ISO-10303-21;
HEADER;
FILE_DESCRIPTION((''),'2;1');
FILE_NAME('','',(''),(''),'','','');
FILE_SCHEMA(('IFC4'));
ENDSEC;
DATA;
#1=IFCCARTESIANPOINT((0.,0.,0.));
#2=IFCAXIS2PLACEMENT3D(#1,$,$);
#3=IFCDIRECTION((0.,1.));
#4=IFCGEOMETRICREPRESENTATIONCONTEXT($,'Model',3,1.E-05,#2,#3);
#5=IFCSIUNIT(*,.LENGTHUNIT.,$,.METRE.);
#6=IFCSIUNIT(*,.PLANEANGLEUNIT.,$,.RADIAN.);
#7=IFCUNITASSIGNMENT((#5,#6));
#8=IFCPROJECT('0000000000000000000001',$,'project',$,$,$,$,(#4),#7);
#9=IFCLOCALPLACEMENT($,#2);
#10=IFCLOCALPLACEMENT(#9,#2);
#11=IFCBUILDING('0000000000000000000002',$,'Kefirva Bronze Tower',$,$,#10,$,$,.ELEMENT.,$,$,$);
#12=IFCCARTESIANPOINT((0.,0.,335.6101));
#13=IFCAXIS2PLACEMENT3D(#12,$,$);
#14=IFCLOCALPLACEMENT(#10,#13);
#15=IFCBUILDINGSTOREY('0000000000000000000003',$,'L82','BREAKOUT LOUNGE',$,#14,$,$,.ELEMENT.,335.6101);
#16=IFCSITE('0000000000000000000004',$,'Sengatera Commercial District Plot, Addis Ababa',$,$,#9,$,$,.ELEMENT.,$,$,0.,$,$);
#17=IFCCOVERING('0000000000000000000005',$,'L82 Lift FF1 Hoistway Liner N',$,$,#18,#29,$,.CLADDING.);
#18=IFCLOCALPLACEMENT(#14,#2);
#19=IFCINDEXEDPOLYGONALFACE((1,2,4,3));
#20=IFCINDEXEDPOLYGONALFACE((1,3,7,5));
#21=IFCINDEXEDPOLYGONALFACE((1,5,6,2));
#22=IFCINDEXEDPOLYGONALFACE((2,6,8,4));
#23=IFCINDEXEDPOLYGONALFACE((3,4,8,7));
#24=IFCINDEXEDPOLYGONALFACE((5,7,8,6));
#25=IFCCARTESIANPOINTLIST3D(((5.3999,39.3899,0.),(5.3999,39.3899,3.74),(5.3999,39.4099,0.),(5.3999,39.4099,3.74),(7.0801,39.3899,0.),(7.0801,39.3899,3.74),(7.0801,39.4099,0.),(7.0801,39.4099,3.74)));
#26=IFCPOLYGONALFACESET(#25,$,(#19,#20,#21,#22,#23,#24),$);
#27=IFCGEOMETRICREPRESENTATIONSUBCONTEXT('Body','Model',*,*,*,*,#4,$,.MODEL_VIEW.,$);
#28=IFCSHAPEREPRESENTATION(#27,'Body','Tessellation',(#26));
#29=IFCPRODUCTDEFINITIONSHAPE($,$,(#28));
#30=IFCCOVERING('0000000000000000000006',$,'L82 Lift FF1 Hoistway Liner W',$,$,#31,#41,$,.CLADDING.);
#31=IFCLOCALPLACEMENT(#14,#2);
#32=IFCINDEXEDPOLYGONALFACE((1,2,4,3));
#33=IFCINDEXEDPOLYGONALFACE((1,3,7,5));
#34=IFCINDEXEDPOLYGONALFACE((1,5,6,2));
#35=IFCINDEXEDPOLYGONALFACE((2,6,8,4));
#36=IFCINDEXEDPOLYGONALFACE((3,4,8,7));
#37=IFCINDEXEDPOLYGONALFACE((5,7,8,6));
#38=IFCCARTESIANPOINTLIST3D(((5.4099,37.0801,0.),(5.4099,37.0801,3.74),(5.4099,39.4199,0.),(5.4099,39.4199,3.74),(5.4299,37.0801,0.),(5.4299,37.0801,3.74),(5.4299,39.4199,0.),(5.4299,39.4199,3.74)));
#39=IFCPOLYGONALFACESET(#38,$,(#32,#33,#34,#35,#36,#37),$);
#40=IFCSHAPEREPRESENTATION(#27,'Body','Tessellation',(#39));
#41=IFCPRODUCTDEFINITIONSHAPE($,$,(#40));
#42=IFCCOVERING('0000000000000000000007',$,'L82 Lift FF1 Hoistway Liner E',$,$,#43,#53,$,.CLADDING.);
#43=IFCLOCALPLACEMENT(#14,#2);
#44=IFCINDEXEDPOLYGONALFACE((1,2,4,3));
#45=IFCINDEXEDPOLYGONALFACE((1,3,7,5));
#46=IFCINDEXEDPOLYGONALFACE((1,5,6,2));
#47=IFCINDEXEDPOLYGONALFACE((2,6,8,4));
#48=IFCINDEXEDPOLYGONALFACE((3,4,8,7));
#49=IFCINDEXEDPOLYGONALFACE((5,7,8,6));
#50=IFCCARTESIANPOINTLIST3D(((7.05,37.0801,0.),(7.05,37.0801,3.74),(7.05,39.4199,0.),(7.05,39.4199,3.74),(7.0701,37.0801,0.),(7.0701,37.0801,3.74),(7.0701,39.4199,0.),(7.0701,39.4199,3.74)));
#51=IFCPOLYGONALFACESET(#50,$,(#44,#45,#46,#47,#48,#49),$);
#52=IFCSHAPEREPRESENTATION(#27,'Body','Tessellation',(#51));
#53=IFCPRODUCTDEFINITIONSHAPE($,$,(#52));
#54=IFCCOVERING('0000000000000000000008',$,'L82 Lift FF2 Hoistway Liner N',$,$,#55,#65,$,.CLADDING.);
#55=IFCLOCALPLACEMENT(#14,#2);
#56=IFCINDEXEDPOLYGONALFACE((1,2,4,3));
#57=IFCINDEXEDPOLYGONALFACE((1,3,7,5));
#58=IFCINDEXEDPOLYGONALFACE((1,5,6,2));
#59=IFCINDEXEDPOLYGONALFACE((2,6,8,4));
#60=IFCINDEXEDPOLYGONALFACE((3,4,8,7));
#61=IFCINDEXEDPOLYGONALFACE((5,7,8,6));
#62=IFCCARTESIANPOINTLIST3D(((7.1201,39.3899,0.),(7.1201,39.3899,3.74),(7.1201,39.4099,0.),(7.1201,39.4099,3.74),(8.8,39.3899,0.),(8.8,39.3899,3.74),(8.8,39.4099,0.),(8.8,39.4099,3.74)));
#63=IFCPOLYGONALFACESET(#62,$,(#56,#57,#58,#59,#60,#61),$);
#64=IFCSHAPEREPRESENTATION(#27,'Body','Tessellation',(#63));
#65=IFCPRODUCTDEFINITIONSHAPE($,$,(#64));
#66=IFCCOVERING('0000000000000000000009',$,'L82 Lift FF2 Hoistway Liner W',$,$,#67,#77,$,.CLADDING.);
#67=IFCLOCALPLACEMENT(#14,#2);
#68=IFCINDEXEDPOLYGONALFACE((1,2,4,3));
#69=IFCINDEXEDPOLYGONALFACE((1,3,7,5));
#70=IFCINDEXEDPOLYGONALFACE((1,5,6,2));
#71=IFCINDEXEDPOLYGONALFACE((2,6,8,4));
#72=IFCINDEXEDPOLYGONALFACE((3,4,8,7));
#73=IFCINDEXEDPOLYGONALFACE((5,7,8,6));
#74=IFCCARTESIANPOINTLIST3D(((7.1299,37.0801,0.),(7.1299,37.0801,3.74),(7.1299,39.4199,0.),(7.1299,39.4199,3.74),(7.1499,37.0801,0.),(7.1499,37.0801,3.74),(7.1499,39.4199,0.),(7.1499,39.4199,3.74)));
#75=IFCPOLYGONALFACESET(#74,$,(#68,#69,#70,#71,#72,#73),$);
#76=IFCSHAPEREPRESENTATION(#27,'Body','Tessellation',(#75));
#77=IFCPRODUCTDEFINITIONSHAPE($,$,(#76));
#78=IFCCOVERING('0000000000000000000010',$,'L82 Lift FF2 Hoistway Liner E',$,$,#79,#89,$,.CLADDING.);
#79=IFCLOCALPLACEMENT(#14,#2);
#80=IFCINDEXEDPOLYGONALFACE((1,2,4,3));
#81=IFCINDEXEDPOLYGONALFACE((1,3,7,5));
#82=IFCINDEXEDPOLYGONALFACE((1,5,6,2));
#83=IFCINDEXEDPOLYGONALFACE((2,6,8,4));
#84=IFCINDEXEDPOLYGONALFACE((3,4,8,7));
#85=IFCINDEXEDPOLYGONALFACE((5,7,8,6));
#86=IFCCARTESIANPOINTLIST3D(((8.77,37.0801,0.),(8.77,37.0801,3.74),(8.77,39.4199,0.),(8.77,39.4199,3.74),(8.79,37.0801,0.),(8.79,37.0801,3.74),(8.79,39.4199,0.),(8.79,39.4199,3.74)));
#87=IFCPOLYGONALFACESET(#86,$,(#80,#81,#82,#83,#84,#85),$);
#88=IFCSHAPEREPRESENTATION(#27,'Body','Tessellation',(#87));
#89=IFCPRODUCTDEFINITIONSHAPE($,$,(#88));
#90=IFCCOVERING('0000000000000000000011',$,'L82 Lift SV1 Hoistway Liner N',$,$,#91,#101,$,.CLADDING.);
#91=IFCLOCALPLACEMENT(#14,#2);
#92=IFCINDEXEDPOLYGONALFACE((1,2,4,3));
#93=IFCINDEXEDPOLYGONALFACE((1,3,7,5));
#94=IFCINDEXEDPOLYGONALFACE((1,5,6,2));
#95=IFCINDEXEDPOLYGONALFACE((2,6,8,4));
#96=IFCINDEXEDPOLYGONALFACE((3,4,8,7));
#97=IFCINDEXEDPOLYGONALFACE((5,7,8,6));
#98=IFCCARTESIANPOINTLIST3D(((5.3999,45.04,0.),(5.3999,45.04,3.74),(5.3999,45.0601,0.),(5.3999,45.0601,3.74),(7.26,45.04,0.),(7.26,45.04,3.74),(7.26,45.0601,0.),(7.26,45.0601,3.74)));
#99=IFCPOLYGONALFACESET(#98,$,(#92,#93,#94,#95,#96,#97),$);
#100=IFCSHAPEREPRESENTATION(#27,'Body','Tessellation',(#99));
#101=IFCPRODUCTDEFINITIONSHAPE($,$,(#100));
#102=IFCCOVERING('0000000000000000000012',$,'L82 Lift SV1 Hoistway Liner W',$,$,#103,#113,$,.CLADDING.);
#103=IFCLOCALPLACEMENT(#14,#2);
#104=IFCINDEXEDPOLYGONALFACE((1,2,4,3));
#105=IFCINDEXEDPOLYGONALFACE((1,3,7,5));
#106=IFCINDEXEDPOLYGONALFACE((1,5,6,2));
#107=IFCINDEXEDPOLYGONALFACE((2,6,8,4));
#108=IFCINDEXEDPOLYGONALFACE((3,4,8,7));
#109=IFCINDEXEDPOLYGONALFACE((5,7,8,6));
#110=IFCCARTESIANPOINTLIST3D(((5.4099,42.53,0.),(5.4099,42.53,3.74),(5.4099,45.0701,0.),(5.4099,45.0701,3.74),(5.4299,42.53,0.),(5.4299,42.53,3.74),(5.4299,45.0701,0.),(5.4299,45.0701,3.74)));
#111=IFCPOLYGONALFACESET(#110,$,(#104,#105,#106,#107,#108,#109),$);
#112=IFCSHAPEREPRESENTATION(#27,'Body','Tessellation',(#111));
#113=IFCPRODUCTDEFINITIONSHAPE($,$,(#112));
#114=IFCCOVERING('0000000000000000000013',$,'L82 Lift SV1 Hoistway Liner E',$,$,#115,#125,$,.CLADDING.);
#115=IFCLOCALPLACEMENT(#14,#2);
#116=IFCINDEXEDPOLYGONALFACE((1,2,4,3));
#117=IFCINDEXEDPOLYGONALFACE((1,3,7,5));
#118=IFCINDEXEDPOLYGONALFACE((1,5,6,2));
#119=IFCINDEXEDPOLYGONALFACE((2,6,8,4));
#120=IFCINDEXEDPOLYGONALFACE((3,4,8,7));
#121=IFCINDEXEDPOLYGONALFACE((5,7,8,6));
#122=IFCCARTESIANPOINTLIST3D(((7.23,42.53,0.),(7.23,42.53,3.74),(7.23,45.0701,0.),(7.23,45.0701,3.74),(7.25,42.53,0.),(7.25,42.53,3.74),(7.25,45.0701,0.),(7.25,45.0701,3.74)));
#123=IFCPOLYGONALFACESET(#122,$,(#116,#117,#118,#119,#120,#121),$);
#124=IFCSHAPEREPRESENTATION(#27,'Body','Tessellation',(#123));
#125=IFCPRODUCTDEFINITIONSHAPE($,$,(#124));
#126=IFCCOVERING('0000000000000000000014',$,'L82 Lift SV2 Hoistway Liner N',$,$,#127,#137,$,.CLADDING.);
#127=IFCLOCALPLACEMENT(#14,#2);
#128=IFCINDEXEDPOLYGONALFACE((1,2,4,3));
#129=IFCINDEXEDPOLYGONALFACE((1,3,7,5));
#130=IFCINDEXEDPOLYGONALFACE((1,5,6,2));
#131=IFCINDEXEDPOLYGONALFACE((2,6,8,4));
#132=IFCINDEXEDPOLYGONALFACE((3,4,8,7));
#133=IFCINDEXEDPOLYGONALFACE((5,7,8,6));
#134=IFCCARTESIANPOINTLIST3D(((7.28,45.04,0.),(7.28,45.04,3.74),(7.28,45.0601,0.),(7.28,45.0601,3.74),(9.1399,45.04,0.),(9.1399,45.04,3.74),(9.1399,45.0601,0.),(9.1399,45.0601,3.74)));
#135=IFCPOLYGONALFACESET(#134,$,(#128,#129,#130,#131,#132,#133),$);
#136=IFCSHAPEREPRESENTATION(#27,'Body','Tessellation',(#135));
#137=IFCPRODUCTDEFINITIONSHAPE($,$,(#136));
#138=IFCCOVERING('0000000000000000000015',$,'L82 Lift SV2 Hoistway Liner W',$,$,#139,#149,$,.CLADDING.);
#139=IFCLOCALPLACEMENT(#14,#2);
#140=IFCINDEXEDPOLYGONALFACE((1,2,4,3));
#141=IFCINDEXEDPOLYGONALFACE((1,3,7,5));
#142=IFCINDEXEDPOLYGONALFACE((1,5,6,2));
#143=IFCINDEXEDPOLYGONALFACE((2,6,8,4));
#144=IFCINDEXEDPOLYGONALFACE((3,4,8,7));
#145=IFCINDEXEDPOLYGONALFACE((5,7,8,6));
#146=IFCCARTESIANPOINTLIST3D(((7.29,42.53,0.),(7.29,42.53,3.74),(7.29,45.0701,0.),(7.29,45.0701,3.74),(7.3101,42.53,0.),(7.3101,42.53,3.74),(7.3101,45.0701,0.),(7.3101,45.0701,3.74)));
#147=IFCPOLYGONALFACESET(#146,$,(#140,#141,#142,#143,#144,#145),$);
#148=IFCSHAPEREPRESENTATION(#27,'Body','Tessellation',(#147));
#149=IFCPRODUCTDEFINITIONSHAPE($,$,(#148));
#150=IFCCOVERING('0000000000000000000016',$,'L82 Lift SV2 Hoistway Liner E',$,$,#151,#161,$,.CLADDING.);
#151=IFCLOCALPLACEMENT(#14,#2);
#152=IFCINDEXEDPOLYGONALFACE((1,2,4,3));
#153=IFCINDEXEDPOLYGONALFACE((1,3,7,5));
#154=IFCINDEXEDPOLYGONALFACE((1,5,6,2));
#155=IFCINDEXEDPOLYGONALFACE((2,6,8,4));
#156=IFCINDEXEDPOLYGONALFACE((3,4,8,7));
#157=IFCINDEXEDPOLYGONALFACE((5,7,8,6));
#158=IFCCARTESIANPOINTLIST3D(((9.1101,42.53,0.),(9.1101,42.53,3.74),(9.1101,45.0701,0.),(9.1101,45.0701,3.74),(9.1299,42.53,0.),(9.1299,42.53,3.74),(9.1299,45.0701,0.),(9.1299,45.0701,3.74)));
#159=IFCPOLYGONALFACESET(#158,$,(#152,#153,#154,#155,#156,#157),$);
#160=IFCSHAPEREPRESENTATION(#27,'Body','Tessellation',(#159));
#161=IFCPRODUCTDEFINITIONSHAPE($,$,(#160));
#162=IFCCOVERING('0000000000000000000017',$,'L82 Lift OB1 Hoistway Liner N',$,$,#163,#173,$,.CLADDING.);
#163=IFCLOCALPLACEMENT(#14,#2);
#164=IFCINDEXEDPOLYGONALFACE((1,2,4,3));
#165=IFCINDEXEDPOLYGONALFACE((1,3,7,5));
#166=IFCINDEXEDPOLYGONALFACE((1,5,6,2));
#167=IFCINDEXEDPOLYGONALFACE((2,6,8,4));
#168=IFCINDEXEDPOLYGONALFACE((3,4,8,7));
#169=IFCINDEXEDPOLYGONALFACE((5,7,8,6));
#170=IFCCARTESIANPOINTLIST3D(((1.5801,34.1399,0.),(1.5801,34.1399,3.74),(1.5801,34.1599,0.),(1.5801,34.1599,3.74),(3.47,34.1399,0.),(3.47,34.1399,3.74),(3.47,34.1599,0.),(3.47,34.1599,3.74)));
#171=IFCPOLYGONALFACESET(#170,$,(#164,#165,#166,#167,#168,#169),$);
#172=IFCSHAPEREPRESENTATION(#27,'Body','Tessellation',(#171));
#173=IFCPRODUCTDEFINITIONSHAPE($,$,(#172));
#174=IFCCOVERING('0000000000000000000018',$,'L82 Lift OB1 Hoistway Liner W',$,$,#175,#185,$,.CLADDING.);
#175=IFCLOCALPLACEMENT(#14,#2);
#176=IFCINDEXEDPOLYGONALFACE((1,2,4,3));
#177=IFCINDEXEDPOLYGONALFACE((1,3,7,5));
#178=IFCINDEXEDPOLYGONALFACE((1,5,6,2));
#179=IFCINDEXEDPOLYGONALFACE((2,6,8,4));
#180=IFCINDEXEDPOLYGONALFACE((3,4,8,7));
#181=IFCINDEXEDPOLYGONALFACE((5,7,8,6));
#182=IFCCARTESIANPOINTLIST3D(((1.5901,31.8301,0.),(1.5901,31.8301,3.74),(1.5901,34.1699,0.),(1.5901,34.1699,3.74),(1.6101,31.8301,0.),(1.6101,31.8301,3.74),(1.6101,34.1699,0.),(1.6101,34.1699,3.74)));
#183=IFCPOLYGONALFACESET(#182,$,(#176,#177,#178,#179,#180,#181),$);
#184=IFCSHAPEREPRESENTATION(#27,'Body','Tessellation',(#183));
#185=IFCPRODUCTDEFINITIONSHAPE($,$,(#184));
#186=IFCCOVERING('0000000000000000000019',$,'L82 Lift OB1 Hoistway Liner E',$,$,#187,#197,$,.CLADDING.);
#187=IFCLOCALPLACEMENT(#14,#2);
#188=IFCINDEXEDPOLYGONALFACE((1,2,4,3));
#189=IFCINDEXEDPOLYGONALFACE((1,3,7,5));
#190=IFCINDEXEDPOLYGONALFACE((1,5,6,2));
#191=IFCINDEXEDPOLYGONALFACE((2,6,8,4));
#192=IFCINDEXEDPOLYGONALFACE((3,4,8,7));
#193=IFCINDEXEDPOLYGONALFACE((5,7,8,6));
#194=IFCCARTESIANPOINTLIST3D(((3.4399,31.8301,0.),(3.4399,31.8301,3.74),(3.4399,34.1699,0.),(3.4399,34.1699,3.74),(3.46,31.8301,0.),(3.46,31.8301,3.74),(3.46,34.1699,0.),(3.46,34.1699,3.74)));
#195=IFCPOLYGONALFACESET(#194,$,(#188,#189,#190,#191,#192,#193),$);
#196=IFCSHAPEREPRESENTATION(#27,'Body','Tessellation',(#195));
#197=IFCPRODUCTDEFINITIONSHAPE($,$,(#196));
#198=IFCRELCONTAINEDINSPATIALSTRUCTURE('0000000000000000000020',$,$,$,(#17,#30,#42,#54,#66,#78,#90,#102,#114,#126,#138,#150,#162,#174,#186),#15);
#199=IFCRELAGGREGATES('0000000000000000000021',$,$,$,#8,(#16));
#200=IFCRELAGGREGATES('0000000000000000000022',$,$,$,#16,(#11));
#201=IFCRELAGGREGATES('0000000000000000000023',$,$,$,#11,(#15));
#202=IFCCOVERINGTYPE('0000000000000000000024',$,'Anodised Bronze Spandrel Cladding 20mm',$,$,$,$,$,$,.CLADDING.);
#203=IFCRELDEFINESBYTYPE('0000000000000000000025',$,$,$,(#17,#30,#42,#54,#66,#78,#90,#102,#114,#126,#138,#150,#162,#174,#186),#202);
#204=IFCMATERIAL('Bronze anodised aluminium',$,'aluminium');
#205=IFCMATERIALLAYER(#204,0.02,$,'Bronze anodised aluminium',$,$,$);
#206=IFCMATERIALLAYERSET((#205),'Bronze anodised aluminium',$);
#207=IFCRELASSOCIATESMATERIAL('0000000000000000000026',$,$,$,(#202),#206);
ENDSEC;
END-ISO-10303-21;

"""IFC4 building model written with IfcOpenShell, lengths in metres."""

from ifc_helpers import new_model, si_unit, direction, frame, origin, place, context, subcontext, project, spatial, polyline, outline, extrude, material, layer, layer_set, type_object, element, save


model = new_model("IFC4")

# Units and contexts
model_context = context("Model", 3, precision=1e-05, world=origin(), true_north=direction((0.0, 1.0)))
body_context = subcontext(model_context, "Body", "Model", "MODEL_VIEW")
ifc_project = project(units=[si_unit("LENGTHUNIT", "METRE"), si_unit("PLANEANGLEUNIT", "RADIAN")], contexts=[model_context])

# Site, building, storey
site_placement = place(None, origin())
site = spatial("IfcSite", under=ifc_project, at=site_placement, Name="Sengatera Commercial District Plot, Addis Ababa", CompositionType="ELEMENT", RefElevation=0.0)
building_placement = place(site_placement, origin())
building = spatial("IfcBuilding", under=site, at=building_placement, Name="Kefirva Bronze Tower", CompositionType="ELEMENT")
storey_placement = place(building_placement, frame((0.0, 0.0, 335.6101)))
storey = spatial("IfcBuildingStorey", under=building, at=storey_placement, Name="L82", Description="BREAKOUT LOUNGE", CompositionType="ELEMENT", Elevation=335.6101)

# Shared definitions
ifc_material_1 = material(Name="Bronze anodised aluminium", Category="aluminium")

# Coverings
ifc_layer_1 = layer(ifc_material_1, 0.02, Name="Bronze anodised aluminium")
ifc_layer_set_1 = layer_set([ifc_layer_1], Name="Bronze anodised aluminium")
covering_type_1 = type_object("IfcCoveringType", Name="Anodised Bronze Spandrel Cladding 20mm", PredefinedType="CLADDING", material=ifc_layer_set_1)
covering_1_placement = place(storey_placement, origin())
element("IfcCovering", 1, at=covering_1_placement, inside=storey, type_object=covering_type_1, Name="L82 Lift FF1 Hoistway Liner N", PredefinedType="CLADDING", context=body_context, shape_type="SweptSolid", body=[
    extrude(outline(polyline([(5.3999, 39.3899), (7.0801, 39.3899), (7.0801, 39.4099), (5.3999, 39.4099), (5.3999, 39.3899)])), origin(), (0.0, 0.0, 1.0), 3.74),
])
covering_2_placement = place(storey_placement, origin())
element("IfcCovering", 2, at=covering_2_placement, inside=storey, type_object=covering_type_1, Name="L82 Lift FF1 Hoistway Liner W", PredefinedType="CLADDING", context=body_context, shape_type="SweptSolid", body=[
    extrude(outline(polyline([(5.4099, 37.0801), (5.4299, 37.0801), (5.4299, 39.4199), (5.4099, 39.4199), (5.4099, 37.0801)])), origin(), (0.0, 0.0, 1.0), 3.74),
])
covering_3_placement = place(storey_placement, origin())
element("IfcCovering", 3, at=covering_3_placement, inside=storey, type_object=covering_type_1, Name="L82 Lift FF1 Hoistway Liner E", PredefinedType="CLADDING", context=body_context, shape_type="SweptSolid", body=[
    extrude(outline(polyline([(7.05, 37.0801), (7.0701, 37.0801), (7.0701, 39.4199), (7.05, 39.4199), (7.05, 37.0801)])), origin(), (0.0, 0.0, 1.0), 3.74),
])
covering_4_placement = place(storey_placement, origin())
element("IfcCovering", 4, at=covering_4_placement, inside=storey, type_object=covering_type_1, Name="L82 Lift FF2 Hoistway Liner N", PredefinedType="CLADDING", context=body_context, shape_type="SweptSolid", body=[
    extrude(outline(polyline([(7.1201, 39.3899), (8.8, 39.3899), (8.8, 39.4099), (7.1201, 39.4099), (7.1201, 39.3899)])), origin(), (0.0, 0.0, 1.0), 3.74),
])
covering_5_placement = place(storey_placement, origin())
element("IfcCovering", 5, at=covering_5_placement, inside=storey, type_object=covering_type_1, Name="L82 Lift FF2 Hoistway Liner W", PredefinedType="CLADDING", context=body_context, shape_type="SweptSolid", body=[
    extrude(outline(polyline([(7.1299, 37.0801), (7.1499, 37.0801), (7.1499, 39.4199), (7.1299, 39.4199), (7.1299, 37.0801)])), origin(), (0.0, 0.0, 1.0), 3.74),
])
covering_6_placement = place(storey_placement, origin())
element("IfcCovering", 6, at=covering_6_placement, inside=storey, type_object=covering_type_1, Name="L82 Lift FF2 Hoistway Liner E", PredefinedType="CLADDING", context=body_context, shape_type="SweptSolid", body=[
    extrude(outline(polyline([(8.77, 37.0801), (8.79, 37.0801), (8.79, 39.4199), (8.77, 39.4199), (8.77, 37.0801)])), origin(), (0.0, 0.0, 1.0), 3.74),
])
covering_7_placement = place(storey_placement, origin())
element("IfcCovering", 7, at=covering_7_placement, inside=storey, type_object=covering_type_1, Name="L82 Lift SV1 Hoistway Liner N", PredefinedType="CLADDING", context=body_context, shape_type="SweptSolid", body=[
    extrude(outline(polyline([(5.3999, 45.04), (7.26, 45.04), (7.26, 45.0601), (5.3999, 45.0601), (5.3999, 45.04)])), origin(), (0.0, 0.0, 1.0), 3.74),
])
covering_8_placement = place(storey_placement, origin())
element("IfcCovering", 8, at=covering_8_placement, inside=storey, type_object=covering_type_1, Name="L82 Lift SV1 Hoistway Liner W", PredefinedType="CLADDING", context=body_context, shape_type="SweptSolid", body=[
    extrude(outline(polyline([(5.4099, 42.53), (5.4299, 42.53), (5.4299, 45.0701), (5.4099, 45.0701), (5.4099, 42.53)])), origin(), (0.0, 0.0, 1.0), 3.74),
])
covering_9_placement = place(storey_placement, origin())
element("IfcCovering", 9, at=covering_9_placement, inside=storey, type_object=covering_type_1, Name="L82 Lift SV1 Hoistway Liner E", PredefinedType="CLADDING", context=body_context, shape_type="SweptSolid", body=[
    extrude(outline(polyline([(7.23, 42.53), (7.25, 42.53), (7.25, 45.0701), (7.23, 45.0701), (7.23, 42.53)])), origin(), (0.0, 0.0, 1.0), 3.74),
])
covering_10_placement = place(storey_placement, origin())
element("IfcCovering", 10, at=covering_10_placement, inside=storey, type_object=covering_type_1, Name="L82 Lift SV2 Hoistway Liner N", PredefinedType="CLADDING", context=body_context, shape_type="SweptSolid", body=[
    extrude(outline(polyline([(7.28, 45.04), (9.1399, 45.04), (9.1399, 45.0601), (7.28, 45.0601), (7.28, 45.04)])), origin(), (0.0, 0.0, 1.0), 3.74),
])
covering_11_placement = place(storey_placement, origin())
element("IfcCovering", 11, at=covering_11_placement, inside=storey, type_object=covering_type_1, Name="L82 Lift SV2 Hoistway Liner W", PredefinedType="CLADDING", context=body_context, shape_type="SweptSolid", body=[
    extrude(outline(polyline([(7.29, 42.53), (7.3101, 42.53), (7.3101, 45.0701), (7.29, 45.0701), (7.29, 42.53)])), origin(), (0.0, 0.0, 1.0), 3.74),
])
covering_12_placement = place(storey_placement, origin())
element("IfcCovering", 12, at=covering_12_placement, inside=storey, type_object=covering_type_1, Name="L82 Lift SV2 Hoistway Liner E", PredefinedType="CLADDING", context=body_context, shape_type="SweptSolid", body=[
    extrude(outline(polyline([(9.1101, 42.53), (9.1299, 42.53), (9.1299, 45.0701), (9.1101, 45.0701), (9.1101, 42.53)])), origin(), (0.0, 0.0, 1.0), 3.74),
])
covering_13_placement = place(storey_placement, origin())
element("IfcCovering", 13, at=covering_13_placement, inside=storey, type_object=covering_type_1, Name="L82 Lift OB1 Hoistway Liner N", PredefinedType="CLADDING", context=body_context, shape_type="SweptSolid", body=[
    extrude(outline(polyline([(1.5801, 34.1399), (3.47, 34.1399), (3.47, 34.1599), (1.5801, 34.1599), (1.5801, 34.1399)])), origin(), (0.0, 0.0, 1.0), 3.74),
])
covering_14_placement = place(storey_placement, origin())
element("IfcCovering", 14, at=covering_14_placement, inside=storey, type_object=covering_type_1, Name="L82 Lift OB1 Hoistway Liner W", PredefinedType="CLADDING", context=body_context, shape_type="SweptSolid", body=[
    extrude(outline(polyline([(1.5901, 31.8301), (1.6101, 31.8301), (1.6101, 34.1699), (1.5901, 34.1699), (1.5901, 31.8301)])), origin(), (0.0, 0.0, 1.0), 3.74),
])
covering_15_placement = place(storey_placement, origin())
element("IfcCovering", 15, at=covering_15_placement, inside=storey, type_object=covering_type_1, Name="L82 Lift OB1 Hoistway Liner E", PredefinedType="CLADDING", context=body_context, shape_type="SweptSolid", body=[
    extrude(outline(polyline([(3.4399, 31.8301), (3.46, 31.8301), (3.46, 34.1699), (3.4399, 34.1699), (3.4399, 31.8301)])), origin(), (0.0, 0.0, 1.0), 3.74),
])

save(model, "model.ifc")
